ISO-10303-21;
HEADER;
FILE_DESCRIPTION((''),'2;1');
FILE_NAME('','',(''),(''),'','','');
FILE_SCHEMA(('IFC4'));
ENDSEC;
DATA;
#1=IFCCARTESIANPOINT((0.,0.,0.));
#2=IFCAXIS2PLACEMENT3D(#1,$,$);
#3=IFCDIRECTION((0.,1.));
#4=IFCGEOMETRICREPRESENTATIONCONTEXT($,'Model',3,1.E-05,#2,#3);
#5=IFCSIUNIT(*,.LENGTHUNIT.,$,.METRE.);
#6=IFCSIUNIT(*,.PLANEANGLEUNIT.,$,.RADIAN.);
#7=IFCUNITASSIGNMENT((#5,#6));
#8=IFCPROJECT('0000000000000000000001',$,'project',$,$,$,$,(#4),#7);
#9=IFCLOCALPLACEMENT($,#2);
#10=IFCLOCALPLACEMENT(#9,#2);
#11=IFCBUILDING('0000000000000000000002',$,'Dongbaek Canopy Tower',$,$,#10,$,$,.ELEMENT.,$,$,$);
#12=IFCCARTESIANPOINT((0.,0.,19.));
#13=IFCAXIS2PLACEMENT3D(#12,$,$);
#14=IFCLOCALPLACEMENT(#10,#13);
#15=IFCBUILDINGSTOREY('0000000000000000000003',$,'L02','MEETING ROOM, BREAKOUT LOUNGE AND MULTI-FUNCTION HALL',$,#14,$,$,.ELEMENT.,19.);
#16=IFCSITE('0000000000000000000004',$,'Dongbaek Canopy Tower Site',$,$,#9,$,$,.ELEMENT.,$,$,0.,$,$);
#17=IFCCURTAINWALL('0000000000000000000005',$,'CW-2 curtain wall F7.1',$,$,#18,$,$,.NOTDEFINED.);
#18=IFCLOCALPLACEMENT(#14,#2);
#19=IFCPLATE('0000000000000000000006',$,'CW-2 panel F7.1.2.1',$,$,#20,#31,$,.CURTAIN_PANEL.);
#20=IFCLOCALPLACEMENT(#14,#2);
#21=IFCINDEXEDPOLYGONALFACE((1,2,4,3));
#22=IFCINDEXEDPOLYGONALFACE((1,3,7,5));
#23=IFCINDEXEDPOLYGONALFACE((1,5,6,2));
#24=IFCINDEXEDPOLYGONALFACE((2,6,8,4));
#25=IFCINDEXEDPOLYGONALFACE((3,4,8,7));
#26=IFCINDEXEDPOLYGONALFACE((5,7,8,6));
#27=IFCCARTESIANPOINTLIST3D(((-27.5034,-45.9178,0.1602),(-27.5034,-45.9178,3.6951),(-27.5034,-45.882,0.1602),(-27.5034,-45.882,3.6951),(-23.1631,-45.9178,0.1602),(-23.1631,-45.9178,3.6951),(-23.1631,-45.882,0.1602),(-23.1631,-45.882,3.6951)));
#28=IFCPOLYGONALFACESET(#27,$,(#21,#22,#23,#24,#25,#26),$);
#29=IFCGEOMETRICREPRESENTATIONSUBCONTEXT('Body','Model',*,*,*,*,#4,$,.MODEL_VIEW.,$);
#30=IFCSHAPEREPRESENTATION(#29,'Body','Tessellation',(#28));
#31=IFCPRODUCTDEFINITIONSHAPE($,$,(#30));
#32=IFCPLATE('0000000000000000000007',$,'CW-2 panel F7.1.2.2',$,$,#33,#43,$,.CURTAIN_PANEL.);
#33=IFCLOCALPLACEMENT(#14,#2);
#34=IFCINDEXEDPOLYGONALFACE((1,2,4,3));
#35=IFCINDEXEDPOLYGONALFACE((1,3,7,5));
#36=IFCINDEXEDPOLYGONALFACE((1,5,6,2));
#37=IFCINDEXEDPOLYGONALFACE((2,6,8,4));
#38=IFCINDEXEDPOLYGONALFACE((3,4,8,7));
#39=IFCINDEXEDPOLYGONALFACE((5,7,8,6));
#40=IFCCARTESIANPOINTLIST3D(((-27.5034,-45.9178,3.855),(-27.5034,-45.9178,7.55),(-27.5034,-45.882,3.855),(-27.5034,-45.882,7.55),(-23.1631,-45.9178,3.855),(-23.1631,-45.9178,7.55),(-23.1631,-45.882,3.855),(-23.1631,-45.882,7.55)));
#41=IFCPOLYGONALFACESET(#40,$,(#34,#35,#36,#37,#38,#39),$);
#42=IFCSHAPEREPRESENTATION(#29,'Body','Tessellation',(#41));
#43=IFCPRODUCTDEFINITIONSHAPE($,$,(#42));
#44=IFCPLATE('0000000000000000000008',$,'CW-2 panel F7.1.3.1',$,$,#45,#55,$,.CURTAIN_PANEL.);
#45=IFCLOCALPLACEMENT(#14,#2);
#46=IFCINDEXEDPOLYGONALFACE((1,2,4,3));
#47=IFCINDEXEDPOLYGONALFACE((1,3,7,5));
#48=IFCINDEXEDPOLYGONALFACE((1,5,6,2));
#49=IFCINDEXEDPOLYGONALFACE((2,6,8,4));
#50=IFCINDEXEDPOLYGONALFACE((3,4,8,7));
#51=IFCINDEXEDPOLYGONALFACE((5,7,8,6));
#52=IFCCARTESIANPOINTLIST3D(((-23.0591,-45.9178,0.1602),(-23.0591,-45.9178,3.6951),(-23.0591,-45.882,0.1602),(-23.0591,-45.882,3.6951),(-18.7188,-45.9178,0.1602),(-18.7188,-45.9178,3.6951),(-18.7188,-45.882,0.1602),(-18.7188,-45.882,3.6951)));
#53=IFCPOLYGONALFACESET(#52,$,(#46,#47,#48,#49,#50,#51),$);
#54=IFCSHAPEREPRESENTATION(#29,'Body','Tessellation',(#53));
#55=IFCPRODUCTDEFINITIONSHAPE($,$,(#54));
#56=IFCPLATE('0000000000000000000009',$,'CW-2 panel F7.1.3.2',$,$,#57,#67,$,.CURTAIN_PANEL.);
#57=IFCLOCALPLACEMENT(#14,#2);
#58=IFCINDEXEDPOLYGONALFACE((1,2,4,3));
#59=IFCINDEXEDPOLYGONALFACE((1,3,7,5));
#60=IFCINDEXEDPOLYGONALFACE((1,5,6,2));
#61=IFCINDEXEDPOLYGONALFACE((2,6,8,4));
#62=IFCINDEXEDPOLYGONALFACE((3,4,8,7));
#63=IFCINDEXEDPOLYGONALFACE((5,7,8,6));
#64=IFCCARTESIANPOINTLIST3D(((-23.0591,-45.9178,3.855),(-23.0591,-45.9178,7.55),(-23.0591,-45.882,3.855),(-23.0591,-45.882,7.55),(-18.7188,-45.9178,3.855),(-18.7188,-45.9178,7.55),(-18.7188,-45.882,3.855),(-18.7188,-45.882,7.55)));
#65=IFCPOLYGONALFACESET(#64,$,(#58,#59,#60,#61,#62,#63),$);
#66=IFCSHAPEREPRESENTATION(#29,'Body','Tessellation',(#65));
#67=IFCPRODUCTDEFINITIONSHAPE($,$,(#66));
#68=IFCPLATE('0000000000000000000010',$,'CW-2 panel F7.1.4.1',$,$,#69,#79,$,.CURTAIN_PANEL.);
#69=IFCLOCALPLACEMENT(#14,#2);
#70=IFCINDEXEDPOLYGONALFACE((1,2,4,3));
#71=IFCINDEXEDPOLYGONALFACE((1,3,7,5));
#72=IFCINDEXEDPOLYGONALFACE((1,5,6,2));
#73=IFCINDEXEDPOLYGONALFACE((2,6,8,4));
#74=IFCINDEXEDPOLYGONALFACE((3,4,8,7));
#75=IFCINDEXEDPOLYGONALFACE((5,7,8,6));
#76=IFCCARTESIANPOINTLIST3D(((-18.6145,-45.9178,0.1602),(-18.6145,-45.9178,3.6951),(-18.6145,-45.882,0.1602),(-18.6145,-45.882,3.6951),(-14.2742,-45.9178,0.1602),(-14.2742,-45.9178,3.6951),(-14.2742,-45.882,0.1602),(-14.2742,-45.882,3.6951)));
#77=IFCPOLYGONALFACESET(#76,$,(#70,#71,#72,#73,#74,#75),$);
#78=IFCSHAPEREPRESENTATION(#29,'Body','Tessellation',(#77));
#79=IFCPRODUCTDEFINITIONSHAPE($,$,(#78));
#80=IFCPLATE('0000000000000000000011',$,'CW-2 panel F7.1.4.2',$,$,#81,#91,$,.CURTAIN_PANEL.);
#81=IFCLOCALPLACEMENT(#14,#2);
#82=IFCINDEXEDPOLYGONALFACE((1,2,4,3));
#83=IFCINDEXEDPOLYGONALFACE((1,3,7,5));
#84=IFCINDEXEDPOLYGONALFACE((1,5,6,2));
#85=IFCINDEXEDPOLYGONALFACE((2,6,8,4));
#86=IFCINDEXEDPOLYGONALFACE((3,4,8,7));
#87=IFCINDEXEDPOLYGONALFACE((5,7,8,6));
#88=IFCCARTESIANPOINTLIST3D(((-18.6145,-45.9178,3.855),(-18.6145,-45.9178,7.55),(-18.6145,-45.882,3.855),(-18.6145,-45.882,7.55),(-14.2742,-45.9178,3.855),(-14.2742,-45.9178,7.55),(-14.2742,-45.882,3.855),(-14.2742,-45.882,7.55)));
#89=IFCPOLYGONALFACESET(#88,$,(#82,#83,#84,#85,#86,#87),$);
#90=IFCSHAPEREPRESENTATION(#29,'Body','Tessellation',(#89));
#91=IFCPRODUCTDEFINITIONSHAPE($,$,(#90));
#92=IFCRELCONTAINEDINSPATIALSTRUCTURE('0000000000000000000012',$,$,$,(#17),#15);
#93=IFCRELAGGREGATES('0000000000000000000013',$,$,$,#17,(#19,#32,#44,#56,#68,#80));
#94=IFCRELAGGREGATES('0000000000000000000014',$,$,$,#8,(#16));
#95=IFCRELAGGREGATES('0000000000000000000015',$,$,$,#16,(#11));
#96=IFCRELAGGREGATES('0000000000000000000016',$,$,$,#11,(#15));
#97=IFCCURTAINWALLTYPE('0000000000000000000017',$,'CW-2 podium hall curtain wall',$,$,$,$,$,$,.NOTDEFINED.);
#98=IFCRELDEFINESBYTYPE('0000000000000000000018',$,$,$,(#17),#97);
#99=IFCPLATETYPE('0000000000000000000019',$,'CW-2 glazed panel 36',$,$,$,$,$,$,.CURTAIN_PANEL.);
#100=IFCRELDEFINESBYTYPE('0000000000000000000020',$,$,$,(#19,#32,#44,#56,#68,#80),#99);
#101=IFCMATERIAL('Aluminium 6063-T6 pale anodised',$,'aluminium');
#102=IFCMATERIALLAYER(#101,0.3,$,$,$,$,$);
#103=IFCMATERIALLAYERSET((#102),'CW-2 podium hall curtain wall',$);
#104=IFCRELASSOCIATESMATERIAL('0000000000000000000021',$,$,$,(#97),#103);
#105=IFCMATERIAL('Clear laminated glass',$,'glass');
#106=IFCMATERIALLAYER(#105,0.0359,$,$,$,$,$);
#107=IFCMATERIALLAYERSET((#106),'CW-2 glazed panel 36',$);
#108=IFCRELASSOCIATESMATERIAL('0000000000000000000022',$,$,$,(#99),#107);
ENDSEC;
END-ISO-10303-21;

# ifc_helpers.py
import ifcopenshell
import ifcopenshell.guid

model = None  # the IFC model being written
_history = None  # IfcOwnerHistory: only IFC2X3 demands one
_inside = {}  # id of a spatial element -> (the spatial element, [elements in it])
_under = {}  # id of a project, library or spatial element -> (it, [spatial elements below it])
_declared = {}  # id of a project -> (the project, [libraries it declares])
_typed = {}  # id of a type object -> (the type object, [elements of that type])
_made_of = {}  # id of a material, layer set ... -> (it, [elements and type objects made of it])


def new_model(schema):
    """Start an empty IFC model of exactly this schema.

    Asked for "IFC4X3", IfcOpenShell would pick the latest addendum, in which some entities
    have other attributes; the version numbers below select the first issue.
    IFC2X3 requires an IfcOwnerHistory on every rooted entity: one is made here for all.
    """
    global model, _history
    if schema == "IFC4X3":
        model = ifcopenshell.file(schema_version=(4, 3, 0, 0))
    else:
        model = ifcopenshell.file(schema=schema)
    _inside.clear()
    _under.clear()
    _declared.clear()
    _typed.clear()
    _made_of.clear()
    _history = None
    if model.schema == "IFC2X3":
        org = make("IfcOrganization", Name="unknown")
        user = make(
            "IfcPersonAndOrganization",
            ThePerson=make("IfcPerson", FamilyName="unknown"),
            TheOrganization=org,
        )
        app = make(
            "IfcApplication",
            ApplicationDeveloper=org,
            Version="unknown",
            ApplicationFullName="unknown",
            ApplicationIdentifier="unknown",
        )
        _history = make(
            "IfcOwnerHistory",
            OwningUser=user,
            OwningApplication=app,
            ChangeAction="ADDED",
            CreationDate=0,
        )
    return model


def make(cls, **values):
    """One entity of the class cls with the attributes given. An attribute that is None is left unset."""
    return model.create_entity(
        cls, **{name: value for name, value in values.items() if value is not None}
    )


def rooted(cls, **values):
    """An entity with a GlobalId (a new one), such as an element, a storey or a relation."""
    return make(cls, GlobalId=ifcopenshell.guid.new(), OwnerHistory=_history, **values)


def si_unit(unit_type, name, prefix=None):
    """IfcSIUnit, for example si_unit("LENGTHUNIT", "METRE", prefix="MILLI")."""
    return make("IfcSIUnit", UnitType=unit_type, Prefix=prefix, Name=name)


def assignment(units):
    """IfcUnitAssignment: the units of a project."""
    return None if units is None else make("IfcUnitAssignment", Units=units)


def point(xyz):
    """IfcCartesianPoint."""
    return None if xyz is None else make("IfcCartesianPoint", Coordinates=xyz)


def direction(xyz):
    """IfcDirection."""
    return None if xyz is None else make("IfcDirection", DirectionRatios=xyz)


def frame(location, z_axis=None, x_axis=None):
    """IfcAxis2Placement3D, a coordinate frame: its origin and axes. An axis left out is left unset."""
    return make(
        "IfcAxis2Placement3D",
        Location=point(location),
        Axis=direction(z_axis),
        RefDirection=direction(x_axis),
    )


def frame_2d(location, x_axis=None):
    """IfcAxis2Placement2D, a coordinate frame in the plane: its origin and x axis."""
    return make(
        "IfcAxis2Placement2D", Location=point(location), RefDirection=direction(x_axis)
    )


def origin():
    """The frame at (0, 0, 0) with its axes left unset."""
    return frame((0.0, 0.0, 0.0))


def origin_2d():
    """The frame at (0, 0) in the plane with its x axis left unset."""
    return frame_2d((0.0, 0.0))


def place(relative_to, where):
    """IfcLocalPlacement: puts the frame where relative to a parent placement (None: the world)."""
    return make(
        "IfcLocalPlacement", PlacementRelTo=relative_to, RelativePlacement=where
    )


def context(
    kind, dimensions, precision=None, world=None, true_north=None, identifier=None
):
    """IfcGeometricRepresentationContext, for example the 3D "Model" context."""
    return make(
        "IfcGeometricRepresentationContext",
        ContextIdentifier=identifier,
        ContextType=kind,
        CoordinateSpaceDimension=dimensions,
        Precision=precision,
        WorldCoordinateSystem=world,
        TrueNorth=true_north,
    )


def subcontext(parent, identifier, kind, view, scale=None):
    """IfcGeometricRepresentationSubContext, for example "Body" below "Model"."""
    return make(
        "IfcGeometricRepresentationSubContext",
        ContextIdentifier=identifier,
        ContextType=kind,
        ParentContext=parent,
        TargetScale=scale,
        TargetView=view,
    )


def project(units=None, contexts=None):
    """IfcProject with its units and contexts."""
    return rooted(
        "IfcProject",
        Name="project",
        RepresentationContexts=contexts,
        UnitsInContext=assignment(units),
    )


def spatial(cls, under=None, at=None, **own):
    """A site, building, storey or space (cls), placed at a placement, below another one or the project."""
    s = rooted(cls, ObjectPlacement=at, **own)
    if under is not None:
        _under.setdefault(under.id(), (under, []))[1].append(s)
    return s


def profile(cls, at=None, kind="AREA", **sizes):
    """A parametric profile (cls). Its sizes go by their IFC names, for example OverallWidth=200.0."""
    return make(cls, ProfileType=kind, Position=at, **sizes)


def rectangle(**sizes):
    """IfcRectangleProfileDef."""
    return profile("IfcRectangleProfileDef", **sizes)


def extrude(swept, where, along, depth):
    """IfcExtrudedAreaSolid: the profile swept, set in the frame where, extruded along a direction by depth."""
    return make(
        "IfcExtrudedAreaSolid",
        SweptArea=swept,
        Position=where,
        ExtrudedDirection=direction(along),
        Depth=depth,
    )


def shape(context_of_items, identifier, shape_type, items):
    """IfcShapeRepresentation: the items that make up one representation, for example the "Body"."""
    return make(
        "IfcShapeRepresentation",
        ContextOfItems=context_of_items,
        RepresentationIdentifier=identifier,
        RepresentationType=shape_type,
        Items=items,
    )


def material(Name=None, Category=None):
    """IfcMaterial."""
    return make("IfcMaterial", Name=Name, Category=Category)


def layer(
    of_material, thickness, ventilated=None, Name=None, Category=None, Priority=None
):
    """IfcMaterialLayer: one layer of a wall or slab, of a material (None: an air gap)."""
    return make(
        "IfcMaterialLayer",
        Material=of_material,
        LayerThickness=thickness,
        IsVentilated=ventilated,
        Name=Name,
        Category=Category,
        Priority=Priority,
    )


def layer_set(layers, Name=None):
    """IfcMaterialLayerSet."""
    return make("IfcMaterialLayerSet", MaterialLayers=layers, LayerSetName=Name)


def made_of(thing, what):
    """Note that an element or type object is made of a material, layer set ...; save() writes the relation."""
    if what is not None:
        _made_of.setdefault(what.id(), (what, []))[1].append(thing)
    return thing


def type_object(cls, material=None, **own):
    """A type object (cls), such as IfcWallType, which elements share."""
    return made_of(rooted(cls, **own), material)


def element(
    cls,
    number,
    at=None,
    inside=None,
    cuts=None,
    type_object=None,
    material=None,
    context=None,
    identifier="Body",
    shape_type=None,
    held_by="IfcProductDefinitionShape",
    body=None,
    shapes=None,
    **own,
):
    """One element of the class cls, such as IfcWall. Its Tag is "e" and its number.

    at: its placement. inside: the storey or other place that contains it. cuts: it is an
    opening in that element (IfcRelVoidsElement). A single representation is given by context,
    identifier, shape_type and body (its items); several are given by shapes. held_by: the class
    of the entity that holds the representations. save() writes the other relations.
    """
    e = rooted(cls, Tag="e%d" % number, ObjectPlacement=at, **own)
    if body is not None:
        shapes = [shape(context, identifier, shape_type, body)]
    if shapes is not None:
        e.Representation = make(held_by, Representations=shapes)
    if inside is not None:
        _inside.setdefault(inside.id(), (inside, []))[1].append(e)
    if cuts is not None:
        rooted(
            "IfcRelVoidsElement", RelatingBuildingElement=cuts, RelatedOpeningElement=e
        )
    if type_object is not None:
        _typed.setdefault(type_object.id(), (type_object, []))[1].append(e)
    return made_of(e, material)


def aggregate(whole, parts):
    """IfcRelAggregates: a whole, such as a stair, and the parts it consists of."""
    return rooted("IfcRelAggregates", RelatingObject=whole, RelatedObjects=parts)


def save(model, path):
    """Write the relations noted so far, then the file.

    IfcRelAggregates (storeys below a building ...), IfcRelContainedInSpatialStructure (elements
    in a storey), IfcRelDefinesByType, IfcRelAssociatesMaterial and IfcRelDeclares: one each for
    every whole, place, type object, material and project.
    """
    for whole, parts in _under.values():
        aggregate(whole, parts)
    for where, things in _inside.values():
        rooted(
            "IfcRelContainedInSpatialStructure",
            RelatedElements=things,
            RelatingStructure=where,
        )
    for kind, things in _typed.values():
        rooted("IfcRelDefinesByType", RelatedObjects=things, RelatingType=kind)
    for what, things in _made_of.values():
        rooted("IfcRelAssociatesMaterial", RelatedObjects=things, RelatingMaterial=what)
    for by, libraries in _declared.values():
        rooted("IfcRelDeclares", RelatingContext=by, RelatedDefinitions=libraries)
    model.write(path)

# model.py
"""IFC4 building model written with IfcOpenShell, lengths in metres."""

from ifc_helpers import new_model, si_unit, direction, frame, origin, origin_2d, place, context, subcontext, project, spatial, rectangle, extrude, material, layer, layer_set, type_object, element, aggregate, save


model = new_model("IFC4")

# Units and contexts
model_context = context("Model", 3, precision=1e-05, world=origin(), true_north=direction((0.0, 1.0)))
body_context = subcontext(model_context, "Body", "Model", "MODEL_VIEW")
ifc_project = project(units=[si_unit("LENGTHUNIT", "METRE"), si_unit("PLANEANGLEUNIT", "RADIAN")], contexts=[model_context])

# Site, building, storey
site_placement = place(None, origin())
site = spatial("IfcSite", under=ifc_project, at=site_placement, Name="Dongbaek Canopy Tower Site", CompositionType="ELEMENT", RefElevation=0.0)
building_placement = place(site_placement, origin())
building = spatial("IfcBuilding", under=site, at=building_placement, Name="Dongbaek Canopy Tower", CompositionType="ELEMENT")
storey_placement = place(building_placement, frame((0.0, 0.0, 19.0)))
storey = spatial("IfcBuildingStorey", under=building, at=storey_placement, Name="L02", Description="MEETING ROOM, BREAKOUT LOUNGE AND MULTI-FUNCTION HALL", CompositionType="ELEMENT", Elevation=19.0)

# Curtain wall, plates
ifc_material_1 = material(Name="Aluminium 6063-T6 pale anodised", Category="aluminium")
ifc_layer_1 = layer(ifc_material_1, 0.3)
ifc_layer_set_1 = layer_set([ifc_layer_1], Name="CW-2 podium hall curtain wall")
curtain_wall_type = type_object("IfcCurtainWallType", Name="CW-2 podium hall curtain wall", PredefinedType="NOTDEFINED", material=ifc_layer_set_1)
curtain_wall_placement = place(storey_placement, origin())
curtain_wall = element("IfcCurtainWall", 1, at=curtain_wall_placement, inside=storey, type_object=curtain_wall_type, Name="CW-2 curtain wall F7.1", PredefinedType="NOTDEFINED")
ifc_material_2 = material(Name="Clear laminated glass", Category="glass")
ifc_layer_2 = layer(ifc_material_2, 0.0359)
ifc_layer_set_2 = layer_set([ifc_layer_2], Name="CW-2 glazed panel 36")
plate_type = type_object("IfcPlateType", Name="CW-2 glazed panel 36", PredefinedType="CURTAIN_PANEL", material=ifc_layer_set_2)
plate_1_placement = place(storey_placement, frame((-25.3333, -45.8999, 0.1602), z_axis=(0.0, 0.0, 1.0), x_axis=(1.0, 0.0, 0.0)))
plate_1 = element("IfcPlate", 2, at=plate_1_placement, type_object=plate_type, Name="CW-2 panel F7.1.2.1", PredefinedType="CURTAIN_PANEL", context=body_context, shape_type="SweptSolid", body=[
    extrude(rectangle(XDim=4.3403, YDim=0.0359, at=origin_2d()), origin(), (0.0, 0.0, 1.0), 3.5349),
])
plate_2_placement = place(storey_placement, frame((-25.3333, -45.8999, 3.855), z_axis=(0.0, 0.0, 1.0), x_axis=(1.0, 0.0, 0.0)))
plate_2 = element("IfcPlate", 3, at=plate_2_placement, type_object=plate_type, Name="CW-2 panel F7.1.2.2", PredefinedType="CURTAIN_PANEL", context=body_context, shape_type="SweptSolid", body=[
    extrude(rectangle(XDim=4.3403, YDim=0.0359, at=origin_2d()), origin(), (0.0, 0.0, 1.0), 3.6951),
])
plate_3_placement = place(storey_placement, frame((-20.8889, -45.8999, 0.1602), z_axis=(0.0, 0.0, 1.0), x_axis=(1.0, 0.0, 0.0)))
plate_3 = element("IfcPlate", 4, at=plate_3_placement, type_object=plate_type, Name="CW-2 panel F7.1.3.1", PredefinedType="CURTAIN_PANEL", context=body_context, shape_type="SweptSolid", body=[
    extrude(rectangle(XDim=4.3403, YDim=0.0359, at=origin_2d()), origin(), (0.0, 0.0, 1.0), 3.5349),
])
plate_4_placement = place(storey_placement, frame((-20.8889, -45.8999, 3.855), z_axis=(0.0, 0.0, 1.0), x_axis=(1.0, 0.0, 0.0)))
plate_4 = element("IfcPlate", 5, at=plate_4_placement, type_object=plate_type, Name="CW-2 panel F7.1.3.2", PredefinedType="CURTAIN_PANEL", context=body_context, shape_type="SweptSolid", body=[
    extrude(rectangle(XDim=4.3403, YDim=0.0359, at=origin_2d()), origin(), (0.0, 0.0, 1.0), 3.6951),
])
plate_5_placement = place(storey_placement, frame((-16.4443, -45.8999, 0.1602), z_axis=(0.0, 0.0, 1.0), x_axis=(1.0, 0.0, 0.0)))
plate_5 = element("IfcPlate", 6, at=plate_5_placement, type_object=plate_type, Name="CW-2 panel F7.1.4.1", PredefinedType="CURTAIN_PANEL", context=body_context, shape_type="SweptSolid", body=[
    extrude(rectangle(XDim=4.3403, YDim=0.0359, at=origin_2d()), origin(), (0.0, 0.0, 1.0), 3.5349),
])
plate_6_placement = place(storey_placement, frame((-16.4443, -45.8999, 3.855), z_axis=(0.0, 0.0, 1.0), x_axis=(1.0, 0.0, 0.0)))
plate_6 = element("IfcPlate", 7, at=plate_6_placement, type_object=plate_type, Name="CW-2 panel F7.1.4.2", PredefinedType="CURTAIN_PANEL", context=body_context, shape_type="SweptSolid", body=[
    extrude(rectangle(XDim=4.3403, YDim=0.0359, at=origin_2d()), origin(), (0.0, 0.0, 1.0), 3.6951),
])
aggregate(curtain_wall, [plate_1, plate_2, plate_3, plate_4, plate_5, plate_6])

save(model, "model.ifc")
